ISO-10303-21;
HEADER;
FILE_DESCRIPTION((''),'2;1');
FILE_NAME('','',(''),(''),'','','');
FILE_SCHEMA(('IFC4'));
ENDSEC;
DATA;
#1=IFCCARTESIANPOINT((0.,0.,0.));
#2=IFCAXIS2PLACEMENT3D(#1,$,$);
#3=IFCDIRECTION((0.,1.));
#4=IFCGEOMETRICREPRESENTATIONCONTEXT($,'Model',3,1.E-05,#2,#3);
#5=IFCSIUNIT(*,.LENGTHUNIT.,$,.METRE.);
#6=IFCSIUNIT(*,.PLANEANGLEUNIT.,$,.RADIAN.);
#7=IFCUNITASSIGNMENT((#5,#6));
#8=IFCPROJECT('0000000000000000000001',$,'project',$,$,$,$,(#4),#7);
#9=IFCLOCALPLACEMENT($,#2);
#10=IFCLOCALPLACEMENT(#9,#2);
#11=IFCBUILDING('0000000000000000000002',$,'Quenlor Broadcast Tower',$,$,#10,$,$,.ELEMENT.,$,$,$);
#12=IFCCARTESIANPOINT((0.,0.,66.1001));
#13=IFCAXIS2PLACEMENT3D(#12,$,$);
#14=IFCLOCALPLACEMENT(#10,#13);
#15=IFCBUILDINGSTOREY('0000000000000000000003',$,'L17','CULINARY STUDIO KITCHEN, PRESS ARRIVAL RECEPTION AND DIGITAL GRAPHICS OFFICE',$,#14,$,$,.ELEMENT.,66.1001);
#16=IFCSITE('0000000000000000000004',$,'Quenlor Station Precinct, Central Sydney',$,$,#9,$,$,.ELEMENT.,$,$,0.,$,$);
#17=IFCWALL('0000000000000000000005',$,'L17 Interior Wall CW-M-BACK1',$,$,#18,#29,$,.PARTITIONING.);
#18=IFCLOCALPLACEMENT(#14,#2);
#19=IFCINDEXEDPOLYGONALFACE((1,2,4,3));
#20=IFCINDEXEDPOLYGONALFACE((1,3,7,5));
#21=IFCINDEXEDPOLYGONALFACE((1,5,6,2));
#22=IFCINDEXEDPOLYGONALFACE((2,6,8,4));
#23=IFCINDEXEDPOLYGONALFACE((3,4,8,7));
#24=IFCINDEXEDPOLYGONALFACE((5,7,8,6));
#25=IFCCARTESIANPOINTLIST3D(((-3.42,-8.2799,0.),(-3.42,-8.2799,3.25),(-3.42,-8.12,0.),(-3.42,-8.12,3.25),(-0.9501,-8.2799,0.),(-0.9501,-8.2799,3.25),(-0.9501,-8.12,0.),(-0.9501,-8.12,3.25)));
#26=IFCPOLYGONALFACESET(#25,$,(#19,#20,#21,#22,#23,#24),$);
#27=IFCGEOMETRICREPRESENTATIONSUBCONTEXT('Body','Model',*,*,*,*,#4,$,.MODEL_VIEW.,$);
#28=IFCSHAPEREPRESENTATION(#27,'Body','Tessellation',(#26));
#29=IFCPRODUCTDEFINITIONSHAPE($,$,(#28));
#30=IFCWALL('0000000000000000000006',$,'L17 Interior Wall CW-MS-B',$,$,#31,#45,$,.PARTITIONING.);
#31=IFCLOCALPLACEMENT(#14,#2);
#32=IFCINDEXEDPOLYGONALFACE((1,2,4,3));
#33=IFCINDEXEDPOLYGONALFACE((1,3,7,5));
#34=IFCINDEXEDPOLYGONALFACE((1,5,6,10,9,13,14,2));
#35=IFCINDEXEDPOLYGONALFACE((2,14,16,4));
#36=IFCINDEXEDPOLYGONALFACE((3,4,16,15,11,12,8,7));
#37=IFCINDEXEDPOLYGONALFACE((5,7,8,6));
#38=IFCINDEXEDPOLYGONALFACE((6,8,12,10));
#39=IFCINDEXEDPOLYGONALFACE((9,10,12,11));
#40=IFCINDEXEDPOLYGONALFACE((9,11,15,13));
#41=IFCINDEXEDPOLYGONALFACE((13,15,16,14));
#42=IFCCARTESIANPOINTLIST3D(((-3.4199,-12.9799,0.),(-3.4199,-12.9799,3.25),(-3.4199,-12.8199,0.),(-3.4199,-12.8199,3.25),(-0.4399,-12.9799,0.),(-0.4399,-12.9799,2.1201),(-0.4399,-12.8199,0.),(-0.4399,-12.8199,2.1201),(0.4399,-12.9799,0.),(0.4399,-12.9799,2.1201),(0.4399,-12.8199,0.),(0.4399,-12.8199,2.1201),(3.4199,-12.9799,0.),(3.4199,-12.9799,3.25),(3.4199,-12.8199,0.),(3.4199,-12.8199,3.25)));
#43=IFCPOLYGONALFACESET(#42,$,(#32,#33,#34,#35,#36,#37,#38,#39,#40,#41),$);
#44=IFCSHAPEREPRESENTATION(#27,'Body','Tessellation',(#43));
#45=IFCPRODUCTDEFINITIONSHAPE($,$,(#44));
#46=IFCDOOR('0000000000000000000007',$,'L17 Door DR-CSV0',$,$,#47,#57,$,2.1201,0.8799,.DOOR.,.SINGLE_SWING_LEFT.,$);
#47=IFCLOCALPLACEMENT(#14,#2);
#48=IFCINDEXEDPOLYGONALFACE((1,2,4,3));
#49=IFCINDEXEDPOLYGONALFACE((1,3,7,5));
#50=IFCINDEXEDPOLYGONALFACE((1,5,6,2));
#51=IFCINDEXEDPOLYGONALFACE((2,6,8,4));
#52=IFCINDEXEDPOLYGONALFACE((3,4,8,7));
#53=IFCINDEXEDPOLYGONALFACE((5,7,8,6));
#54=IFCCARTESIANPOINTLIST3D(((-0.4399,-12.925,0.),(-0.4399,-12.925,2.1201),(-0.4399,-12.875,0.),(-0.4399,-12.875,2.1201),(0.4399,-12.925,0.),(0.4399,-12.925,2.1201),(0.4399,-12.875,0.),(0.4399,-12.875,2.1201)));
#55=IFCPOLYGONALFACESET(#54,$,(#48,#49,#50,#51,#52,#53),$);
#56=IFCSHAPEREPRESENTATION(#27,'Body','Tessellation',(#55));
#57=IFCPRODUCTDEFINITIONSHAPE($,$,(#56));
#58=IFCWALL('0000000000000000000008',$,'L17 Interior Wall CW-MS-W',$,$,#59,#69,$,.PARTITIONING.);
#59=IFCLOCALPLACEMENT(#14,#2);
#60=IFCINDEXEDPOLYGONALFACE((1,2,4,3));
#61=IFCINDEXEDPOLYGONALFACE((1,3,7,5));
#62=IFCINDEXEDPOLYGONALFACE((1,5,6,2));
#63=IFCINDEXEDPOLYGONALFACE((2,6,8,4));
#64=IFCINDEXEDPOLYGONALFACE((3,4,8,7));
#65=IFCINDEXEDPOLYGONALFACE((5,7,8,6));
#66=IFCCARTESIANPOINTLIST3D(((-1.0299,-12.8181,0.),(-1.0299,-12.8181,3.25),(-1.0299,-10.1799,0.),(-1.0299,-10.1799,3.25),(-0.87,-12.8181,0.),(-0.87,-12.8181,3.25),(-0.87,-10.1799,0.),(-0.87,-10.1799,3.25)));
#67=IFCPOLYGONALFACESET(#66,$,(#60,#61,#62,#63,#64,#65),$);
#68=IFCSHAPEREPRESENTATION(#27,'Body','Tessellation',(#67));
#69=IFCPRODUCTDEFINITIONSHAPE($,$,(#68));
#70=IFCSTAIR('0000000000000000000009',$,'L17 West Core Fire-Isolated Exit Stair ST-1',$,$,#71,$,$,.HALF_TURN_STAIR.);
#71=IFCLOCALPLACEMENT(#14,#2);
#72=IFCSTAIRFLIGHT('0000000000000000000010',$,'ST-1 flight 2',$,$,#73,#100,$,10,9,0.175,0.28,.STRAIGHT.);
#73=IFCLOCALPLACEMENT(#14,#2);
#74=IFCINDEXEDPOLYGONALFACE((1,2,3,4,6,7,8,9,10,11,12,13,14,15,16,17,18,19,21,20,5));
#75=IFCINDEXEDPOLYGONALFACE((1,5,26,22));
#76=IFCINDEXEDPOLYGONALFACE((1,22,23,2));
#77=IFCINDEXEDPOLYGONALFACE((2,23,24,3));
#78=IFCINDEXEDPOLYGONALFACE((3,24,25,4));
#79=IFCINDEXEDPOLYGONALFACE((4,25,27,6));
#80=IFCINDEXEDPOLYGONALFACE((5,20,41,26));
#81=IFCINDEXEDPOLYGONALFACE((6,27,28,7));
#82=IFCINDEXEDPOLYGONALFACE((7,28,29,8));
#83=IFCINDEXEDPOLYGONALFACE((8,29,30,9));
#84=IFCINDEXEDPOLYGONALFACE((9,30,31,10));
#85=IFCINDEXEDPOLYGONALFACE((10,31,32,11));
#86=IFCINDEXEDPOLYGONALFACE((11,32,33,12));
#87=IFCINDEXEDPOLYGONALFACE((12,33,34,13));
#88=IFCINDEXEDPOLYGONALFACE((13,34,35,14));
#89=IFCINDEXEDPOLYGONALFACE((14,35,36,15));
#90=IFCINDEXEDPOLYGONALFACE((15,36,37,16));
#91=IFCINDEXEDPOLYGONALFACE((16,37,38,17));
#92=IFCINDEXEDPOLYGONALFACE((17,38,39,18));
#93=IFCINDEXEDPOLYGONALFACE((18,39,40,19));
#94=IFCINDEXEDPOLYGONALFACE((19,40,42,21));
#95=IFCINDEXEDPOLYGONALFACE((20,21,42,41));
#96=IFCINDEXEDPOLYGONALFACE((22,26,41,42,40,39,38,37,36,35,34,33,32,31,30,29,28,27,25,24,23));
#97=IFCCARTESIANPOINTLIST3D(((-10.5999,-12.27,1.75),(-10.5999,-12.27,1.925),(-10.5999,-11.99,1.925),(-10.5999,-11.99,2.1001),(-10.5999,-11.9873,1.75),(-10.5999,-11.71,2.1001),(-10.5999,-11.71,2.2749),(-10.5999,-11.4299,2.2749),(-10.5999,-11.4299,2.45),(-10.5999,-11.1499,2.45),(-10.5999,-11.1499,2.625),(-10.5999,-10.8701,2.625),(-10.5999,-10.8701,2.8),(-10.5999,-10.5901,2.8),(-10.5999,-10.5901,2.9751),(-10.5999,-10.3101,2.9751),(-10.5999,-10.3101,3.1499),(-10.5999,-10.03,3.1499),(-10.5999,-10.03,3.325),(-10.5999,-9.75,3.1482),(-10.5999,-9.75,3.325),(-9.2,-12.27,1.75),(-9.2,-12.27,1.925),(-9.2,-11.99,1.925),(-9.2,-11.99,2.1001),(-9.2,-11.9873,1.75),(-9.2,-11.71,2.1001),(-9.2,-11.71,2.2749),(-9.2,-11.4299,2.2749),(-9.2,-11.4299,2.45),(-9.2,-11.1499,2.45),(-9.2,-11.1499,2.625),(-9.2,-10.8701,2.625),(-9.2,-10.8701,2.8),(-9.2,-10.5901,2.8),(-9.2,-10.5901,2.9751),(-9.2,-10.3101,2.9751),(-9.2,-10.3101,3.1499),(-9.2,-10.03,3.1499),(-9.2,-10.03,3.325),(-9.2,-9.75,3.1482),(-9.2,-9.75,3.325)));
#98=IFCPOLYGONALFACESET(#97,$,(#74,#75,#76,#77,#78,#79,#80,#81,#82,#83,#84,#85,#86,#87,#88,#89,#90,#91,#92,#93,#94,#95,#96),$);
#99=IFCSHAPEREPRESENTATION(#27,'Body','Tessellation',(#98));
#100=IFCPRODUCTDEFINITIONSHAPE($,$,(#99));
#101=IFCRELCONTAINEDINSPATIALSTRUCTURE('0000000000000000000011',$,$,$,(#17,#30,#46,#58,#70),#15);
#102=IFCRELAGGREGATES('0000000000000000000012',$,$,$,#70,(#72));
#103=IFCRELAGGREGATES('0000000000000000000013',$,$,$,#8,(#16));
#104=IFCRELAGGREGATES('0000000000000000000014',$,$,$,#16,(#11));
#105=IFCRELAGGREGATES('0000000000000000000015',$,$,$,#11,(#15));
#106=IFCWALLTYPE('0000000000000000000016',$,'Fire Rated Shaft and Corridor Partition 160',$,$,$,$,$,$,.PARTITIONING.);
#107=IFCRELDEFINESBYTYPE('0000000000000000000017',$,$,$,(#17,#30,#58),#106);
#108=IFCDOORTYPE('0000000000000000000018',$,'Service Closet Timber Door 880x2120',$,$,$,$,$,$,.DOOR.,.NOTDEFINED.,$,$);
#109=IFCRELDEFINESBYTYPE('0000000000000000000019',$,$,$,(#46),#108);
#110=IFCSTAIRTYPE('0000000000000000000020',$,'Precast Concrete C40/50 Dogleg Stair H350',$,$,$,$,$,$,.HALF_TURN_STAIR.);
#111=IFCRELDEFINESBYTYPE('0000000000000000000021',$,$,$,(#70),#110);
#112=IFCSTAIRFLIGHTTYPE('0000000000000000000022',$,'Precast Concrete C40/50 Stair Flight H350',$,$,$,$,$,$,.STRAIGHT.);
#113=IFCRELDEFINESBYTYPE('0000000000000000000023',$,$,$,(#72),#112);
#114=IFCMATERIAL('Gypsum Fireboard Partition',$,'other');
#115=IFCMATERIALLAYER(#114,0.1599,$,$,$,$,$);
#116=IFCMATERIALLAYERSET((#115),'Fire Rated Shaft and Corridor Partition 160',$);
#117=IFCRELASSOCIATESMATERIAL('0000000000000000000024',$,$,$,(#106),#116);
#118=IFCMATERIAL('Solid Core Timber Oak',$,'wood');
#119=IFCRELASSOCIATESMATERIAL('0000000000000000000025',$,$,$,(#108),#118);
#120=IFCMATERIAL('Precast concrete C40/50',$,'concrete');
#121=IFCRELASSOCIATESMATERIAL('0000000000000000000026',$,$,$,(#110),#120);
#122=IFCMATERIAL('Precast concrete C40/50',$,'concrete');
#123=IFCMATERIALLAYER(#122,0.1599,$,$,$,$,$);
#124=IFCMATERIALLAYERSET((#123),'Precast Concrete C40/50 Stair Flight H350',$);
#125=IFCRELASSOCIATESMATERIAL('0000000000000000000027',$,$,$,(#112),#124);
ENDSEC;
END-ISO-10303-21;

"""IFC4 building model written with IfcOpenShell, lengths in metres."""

from ifc_helpers import new_model, si_unit, direction, frame, frame_2d, origin, place, context, subcontext, project, spatial, polyline, rectangle, outline, extrude, material, layer, layer_set, type_object, element, fill, aggregate, save


model = new_model("IFC4")

# Units and contexts
model_context = context("Model", 3, precision=1e-05, world=origin(), true_north=direction((0.0, 1.0)))
body_context = subcontext(model_context, "Body", "Model", "MODEL_VIEW")
ifc_project = project(units=[si_unit("LENGTHUNIT", "METRE"), si_unit("PLANEANGLEUNIT", "RADIAN")], contexts=[model_context])

# Site, building, storey
site_placement = place(None, origin())
site = spatial("IfcSite", under=ifc_project, at=site_placement, Name="Quenlor Station Precinct, Central Sydney", CompositionType="ELEMENT", RefElevation=0.0)
building_placement = place(site_placement, origin())
building = spatial("IfcBuilding", under=site, at=building_placement, Name="Quenlor Broadcast Tower", CompositionType="ELEMENT")
storey_placement = place(building_placement, frame((0.0, 0.0, 66.1001)))
storey = spatial("IfcBuildingStorey", under=building, at=storey_placement, Name="L17", Description="CULINARY STUDIO KITCHEN, PRESS ARRIVAL RECEPTION AND DIGITAL GRAPHICS OFFICE", CompositionType="ELEMENT", Elevation=66.1001)

# Wall
ifc_material_1 = material(Name="Gypsum Fireboard Partition", Category="other")
ifc_layer_1 = layer(ifc_material_1, 0.1599)
ifc_layer_set_1 = layer_set([ifc_layer_1], Name="Fire Rated Shaft and Corridor Partition 160")
wall_type_1 = type_object("IfcWallType", Name="Fire Rated Shaft and Corridor Partition 160", PredefinedType="PARTITIONING", material=ifc_layer_set_1)
wall_1_placement = place(storey_placement, frame((-3.4199, -8.2, 0.0), z_axis=(0.0, 0.0, 1.0), x_axis=(1.0, 0.0, 0.0)))
element("IfcWall", 1, at=wall_1_placement, inside=storey, type_object=wall_type_1, Name="L17 Interior Wall CW-M-BACK1", PredefinedType="PARTITIONING", context=body_context, shape_type="SweptSolid", body=[
    extrude(rectangle(XDim=2.47, YDim=0.1599, at=frame_2d((1.2349, 0.0))), origin(), (0.0, 0.0, 1.0), 3.25),
])

# Wall, opening, door
wall_2_placement = place(storey_placement, frame((-3.4199, -12.8999, 0.0), z_axis=(0.0, 0.0, 1.0), x_axis=(1.0, 0.0, 0.0)))
wall_2 = element("IfcWall", 2, at=wall_2_placement, inside=storey, type_object=wall_type_1, Name="L17 Interior Wall CW-MS-B", PredefinedType="PARTITIONING", context=body_context, shape_type="SweptSolid", body=[
    extrude(rectangle(XDim=6.8398, YDim=0.1599, at=frame_2d((3.4199, 0.0))), origin(), (0.0, 0.0, 1.0), 3.25),
])
opening_1_placement = place(wall_2_placement, frame((2.98, 0.0, 0.0)))
opening_1 = element("IfcOpeningElement", 3, at=opening_1_placement, cuts=wall_2, PredefinedType="OPENING", context=body_context, shape_type="SweptSolid", body=[
    extrude(rectangle(XDim=0.8799, YDim=2.1201, at=frame_2d((0.4399, 1.0601))), frame((0.0, 0.0898, 0.0), z_axis=(0.0, -1.0, 0.0), x_axis=(1.0, 0.0, 0.0)), (0.0, 0.0, 1.0), 0.1799),
])
ifc_material_2 = material(Name="Solid Core Timber Oak", Category="wood")
door_type_1 = type_object("IfcDoorType", Name="Service Closet Timber Door 880x2120", OperationType="NOTDEFINED", PredefinedType="DOOR", material=ifc_material_2)
door_1_placement = place(opening_1_placement, origin())
door_1 = element("IfcDoor", 4, at=door_1_placement, inside=storey, type_object=door_type_1, Name="L17 Door DR-CSV0", OperationType="SINGLE_SWING_LEFT", OverallHeight=2.1201, OverallWidth=0.8799, PredefinedType="DOOR", context=body_context, shape_type="SweptSolid", body=[
    extrude(rectangle(XDim=0.8799, YDim=2.1201, at=frame_2d((0.4399, 1.0601))), frame((0.0, 0.0249, 0.0), z_axis=(0.0, -1.0, 0.0), x_axis=(1.0, 0.0, 0.0)), (0.0, 0.0, 1.0), 0.05),
])
fill(opening_1, door_1)

# Wall
wall_3_placement = place(storey_placement, frame((-0.95, -12.8181, 0.0), z_axis=(0.0, 0.0, 1.0), x_axis=(0.0, 1.0, 0.0)))
element("IfcWall", 5, at=wall_3_placement, inside=storey, type_object=wall_type_1, Name="L17 Interior Wall CW-MS-W", PredefinedType="PARTITIONING", context=body_context, shape_type="SweptSolid", body=[
    extrude(rectangle(XDim=2.6382, YDim=0.1599, at=frame_2d((1.3191, 0.0))), origin(), (0.0, 0.0, 1.0), 3.25),
])

# Stair, stair flight
ifc_material_3 = material(Name="Precast concrete C40/50", Category="concrete")
stair_type = type_object("IfcStairType", Name="Precast Concrete C40/50 Dogleg Stair H350", PredefinedType="HALF_TURN_STAIR", material=ifc_material_3)
stair_placement = place(storey_placement, origin())
stair = element("IfcStair", 6, at=stair_placement, inside=storey, type_object=stair_type, Name="L17 West Core Fire-Isolated Exit Stair ST-1", PredefinedType="HALF_TURN_STAIR")
ifc_material_4 = material(Name="Precast concrete C40/50", Category="concrete")
ifc_layer_2 = layer(ifc_material_4, 0.1599)
ifc_layer_set_2 = layer_set([ifc_layer_2], Name="Precast Concrete C40/50 Stair Flight H350")
stair_flight_type = type_object("IfcStairFlightType", Name="Precast Concrete C40/50 Stair Flight H350", PredefinedType="STRAIGHT", material=ifc_layer_set_2)
stair_flight_placement = place(storey_placement, frame((-9.8999, -12.27, 1.75), z_axis=(0.0, 0.0, 1.0), x_axis=(0.0, 1.0, 0.0)))
stair_flight = element("IfcStairFlight", 7, at=stair_flight_placement, type_object=stair_flight_type, Name="ST-1 flight 2", NumberOfRisers=10, NumberOfTreads=9, PredefinedType="STRAIGHT", RiserHeight=0.175, TreadLength=0.28, context=body_context, shape_type="SweptSolid", body=[
    extrude(outline(polyline([(0.0, 0.0), (0.0, 0.175), (0.28, 0.175), (0.28, 0.3501), (0.5601, 0.3501), (0.5601, 0.5249), (0.8401, 0.5249), (0.8401, 0.7), (1.1201, 0.7), (1.1201, 0.875), (1.3999, 0.875), (1.3999, 1.05), (1.6799, 1.05), (1.6799, 1.2251), (1.96, 1.2251), (1.96, 1.3999), (2.24, 1.3999), (2.24, 1.575), (2.52, 1.575), (2.52, 1.75), (2.52, 1.3982), (0.2827, 0.0), (0.0, 0.0)])), frame((0.0, 0.7, 0.0), z_axis=(0.0, -1.0, 0.0), x_axis=(1.0, 0.0, 0.0)), (0.0, 0.0, 1.0), 1.3999),
])
aggregate(stair, [stair_flight])

save(model, "model.ifc")
